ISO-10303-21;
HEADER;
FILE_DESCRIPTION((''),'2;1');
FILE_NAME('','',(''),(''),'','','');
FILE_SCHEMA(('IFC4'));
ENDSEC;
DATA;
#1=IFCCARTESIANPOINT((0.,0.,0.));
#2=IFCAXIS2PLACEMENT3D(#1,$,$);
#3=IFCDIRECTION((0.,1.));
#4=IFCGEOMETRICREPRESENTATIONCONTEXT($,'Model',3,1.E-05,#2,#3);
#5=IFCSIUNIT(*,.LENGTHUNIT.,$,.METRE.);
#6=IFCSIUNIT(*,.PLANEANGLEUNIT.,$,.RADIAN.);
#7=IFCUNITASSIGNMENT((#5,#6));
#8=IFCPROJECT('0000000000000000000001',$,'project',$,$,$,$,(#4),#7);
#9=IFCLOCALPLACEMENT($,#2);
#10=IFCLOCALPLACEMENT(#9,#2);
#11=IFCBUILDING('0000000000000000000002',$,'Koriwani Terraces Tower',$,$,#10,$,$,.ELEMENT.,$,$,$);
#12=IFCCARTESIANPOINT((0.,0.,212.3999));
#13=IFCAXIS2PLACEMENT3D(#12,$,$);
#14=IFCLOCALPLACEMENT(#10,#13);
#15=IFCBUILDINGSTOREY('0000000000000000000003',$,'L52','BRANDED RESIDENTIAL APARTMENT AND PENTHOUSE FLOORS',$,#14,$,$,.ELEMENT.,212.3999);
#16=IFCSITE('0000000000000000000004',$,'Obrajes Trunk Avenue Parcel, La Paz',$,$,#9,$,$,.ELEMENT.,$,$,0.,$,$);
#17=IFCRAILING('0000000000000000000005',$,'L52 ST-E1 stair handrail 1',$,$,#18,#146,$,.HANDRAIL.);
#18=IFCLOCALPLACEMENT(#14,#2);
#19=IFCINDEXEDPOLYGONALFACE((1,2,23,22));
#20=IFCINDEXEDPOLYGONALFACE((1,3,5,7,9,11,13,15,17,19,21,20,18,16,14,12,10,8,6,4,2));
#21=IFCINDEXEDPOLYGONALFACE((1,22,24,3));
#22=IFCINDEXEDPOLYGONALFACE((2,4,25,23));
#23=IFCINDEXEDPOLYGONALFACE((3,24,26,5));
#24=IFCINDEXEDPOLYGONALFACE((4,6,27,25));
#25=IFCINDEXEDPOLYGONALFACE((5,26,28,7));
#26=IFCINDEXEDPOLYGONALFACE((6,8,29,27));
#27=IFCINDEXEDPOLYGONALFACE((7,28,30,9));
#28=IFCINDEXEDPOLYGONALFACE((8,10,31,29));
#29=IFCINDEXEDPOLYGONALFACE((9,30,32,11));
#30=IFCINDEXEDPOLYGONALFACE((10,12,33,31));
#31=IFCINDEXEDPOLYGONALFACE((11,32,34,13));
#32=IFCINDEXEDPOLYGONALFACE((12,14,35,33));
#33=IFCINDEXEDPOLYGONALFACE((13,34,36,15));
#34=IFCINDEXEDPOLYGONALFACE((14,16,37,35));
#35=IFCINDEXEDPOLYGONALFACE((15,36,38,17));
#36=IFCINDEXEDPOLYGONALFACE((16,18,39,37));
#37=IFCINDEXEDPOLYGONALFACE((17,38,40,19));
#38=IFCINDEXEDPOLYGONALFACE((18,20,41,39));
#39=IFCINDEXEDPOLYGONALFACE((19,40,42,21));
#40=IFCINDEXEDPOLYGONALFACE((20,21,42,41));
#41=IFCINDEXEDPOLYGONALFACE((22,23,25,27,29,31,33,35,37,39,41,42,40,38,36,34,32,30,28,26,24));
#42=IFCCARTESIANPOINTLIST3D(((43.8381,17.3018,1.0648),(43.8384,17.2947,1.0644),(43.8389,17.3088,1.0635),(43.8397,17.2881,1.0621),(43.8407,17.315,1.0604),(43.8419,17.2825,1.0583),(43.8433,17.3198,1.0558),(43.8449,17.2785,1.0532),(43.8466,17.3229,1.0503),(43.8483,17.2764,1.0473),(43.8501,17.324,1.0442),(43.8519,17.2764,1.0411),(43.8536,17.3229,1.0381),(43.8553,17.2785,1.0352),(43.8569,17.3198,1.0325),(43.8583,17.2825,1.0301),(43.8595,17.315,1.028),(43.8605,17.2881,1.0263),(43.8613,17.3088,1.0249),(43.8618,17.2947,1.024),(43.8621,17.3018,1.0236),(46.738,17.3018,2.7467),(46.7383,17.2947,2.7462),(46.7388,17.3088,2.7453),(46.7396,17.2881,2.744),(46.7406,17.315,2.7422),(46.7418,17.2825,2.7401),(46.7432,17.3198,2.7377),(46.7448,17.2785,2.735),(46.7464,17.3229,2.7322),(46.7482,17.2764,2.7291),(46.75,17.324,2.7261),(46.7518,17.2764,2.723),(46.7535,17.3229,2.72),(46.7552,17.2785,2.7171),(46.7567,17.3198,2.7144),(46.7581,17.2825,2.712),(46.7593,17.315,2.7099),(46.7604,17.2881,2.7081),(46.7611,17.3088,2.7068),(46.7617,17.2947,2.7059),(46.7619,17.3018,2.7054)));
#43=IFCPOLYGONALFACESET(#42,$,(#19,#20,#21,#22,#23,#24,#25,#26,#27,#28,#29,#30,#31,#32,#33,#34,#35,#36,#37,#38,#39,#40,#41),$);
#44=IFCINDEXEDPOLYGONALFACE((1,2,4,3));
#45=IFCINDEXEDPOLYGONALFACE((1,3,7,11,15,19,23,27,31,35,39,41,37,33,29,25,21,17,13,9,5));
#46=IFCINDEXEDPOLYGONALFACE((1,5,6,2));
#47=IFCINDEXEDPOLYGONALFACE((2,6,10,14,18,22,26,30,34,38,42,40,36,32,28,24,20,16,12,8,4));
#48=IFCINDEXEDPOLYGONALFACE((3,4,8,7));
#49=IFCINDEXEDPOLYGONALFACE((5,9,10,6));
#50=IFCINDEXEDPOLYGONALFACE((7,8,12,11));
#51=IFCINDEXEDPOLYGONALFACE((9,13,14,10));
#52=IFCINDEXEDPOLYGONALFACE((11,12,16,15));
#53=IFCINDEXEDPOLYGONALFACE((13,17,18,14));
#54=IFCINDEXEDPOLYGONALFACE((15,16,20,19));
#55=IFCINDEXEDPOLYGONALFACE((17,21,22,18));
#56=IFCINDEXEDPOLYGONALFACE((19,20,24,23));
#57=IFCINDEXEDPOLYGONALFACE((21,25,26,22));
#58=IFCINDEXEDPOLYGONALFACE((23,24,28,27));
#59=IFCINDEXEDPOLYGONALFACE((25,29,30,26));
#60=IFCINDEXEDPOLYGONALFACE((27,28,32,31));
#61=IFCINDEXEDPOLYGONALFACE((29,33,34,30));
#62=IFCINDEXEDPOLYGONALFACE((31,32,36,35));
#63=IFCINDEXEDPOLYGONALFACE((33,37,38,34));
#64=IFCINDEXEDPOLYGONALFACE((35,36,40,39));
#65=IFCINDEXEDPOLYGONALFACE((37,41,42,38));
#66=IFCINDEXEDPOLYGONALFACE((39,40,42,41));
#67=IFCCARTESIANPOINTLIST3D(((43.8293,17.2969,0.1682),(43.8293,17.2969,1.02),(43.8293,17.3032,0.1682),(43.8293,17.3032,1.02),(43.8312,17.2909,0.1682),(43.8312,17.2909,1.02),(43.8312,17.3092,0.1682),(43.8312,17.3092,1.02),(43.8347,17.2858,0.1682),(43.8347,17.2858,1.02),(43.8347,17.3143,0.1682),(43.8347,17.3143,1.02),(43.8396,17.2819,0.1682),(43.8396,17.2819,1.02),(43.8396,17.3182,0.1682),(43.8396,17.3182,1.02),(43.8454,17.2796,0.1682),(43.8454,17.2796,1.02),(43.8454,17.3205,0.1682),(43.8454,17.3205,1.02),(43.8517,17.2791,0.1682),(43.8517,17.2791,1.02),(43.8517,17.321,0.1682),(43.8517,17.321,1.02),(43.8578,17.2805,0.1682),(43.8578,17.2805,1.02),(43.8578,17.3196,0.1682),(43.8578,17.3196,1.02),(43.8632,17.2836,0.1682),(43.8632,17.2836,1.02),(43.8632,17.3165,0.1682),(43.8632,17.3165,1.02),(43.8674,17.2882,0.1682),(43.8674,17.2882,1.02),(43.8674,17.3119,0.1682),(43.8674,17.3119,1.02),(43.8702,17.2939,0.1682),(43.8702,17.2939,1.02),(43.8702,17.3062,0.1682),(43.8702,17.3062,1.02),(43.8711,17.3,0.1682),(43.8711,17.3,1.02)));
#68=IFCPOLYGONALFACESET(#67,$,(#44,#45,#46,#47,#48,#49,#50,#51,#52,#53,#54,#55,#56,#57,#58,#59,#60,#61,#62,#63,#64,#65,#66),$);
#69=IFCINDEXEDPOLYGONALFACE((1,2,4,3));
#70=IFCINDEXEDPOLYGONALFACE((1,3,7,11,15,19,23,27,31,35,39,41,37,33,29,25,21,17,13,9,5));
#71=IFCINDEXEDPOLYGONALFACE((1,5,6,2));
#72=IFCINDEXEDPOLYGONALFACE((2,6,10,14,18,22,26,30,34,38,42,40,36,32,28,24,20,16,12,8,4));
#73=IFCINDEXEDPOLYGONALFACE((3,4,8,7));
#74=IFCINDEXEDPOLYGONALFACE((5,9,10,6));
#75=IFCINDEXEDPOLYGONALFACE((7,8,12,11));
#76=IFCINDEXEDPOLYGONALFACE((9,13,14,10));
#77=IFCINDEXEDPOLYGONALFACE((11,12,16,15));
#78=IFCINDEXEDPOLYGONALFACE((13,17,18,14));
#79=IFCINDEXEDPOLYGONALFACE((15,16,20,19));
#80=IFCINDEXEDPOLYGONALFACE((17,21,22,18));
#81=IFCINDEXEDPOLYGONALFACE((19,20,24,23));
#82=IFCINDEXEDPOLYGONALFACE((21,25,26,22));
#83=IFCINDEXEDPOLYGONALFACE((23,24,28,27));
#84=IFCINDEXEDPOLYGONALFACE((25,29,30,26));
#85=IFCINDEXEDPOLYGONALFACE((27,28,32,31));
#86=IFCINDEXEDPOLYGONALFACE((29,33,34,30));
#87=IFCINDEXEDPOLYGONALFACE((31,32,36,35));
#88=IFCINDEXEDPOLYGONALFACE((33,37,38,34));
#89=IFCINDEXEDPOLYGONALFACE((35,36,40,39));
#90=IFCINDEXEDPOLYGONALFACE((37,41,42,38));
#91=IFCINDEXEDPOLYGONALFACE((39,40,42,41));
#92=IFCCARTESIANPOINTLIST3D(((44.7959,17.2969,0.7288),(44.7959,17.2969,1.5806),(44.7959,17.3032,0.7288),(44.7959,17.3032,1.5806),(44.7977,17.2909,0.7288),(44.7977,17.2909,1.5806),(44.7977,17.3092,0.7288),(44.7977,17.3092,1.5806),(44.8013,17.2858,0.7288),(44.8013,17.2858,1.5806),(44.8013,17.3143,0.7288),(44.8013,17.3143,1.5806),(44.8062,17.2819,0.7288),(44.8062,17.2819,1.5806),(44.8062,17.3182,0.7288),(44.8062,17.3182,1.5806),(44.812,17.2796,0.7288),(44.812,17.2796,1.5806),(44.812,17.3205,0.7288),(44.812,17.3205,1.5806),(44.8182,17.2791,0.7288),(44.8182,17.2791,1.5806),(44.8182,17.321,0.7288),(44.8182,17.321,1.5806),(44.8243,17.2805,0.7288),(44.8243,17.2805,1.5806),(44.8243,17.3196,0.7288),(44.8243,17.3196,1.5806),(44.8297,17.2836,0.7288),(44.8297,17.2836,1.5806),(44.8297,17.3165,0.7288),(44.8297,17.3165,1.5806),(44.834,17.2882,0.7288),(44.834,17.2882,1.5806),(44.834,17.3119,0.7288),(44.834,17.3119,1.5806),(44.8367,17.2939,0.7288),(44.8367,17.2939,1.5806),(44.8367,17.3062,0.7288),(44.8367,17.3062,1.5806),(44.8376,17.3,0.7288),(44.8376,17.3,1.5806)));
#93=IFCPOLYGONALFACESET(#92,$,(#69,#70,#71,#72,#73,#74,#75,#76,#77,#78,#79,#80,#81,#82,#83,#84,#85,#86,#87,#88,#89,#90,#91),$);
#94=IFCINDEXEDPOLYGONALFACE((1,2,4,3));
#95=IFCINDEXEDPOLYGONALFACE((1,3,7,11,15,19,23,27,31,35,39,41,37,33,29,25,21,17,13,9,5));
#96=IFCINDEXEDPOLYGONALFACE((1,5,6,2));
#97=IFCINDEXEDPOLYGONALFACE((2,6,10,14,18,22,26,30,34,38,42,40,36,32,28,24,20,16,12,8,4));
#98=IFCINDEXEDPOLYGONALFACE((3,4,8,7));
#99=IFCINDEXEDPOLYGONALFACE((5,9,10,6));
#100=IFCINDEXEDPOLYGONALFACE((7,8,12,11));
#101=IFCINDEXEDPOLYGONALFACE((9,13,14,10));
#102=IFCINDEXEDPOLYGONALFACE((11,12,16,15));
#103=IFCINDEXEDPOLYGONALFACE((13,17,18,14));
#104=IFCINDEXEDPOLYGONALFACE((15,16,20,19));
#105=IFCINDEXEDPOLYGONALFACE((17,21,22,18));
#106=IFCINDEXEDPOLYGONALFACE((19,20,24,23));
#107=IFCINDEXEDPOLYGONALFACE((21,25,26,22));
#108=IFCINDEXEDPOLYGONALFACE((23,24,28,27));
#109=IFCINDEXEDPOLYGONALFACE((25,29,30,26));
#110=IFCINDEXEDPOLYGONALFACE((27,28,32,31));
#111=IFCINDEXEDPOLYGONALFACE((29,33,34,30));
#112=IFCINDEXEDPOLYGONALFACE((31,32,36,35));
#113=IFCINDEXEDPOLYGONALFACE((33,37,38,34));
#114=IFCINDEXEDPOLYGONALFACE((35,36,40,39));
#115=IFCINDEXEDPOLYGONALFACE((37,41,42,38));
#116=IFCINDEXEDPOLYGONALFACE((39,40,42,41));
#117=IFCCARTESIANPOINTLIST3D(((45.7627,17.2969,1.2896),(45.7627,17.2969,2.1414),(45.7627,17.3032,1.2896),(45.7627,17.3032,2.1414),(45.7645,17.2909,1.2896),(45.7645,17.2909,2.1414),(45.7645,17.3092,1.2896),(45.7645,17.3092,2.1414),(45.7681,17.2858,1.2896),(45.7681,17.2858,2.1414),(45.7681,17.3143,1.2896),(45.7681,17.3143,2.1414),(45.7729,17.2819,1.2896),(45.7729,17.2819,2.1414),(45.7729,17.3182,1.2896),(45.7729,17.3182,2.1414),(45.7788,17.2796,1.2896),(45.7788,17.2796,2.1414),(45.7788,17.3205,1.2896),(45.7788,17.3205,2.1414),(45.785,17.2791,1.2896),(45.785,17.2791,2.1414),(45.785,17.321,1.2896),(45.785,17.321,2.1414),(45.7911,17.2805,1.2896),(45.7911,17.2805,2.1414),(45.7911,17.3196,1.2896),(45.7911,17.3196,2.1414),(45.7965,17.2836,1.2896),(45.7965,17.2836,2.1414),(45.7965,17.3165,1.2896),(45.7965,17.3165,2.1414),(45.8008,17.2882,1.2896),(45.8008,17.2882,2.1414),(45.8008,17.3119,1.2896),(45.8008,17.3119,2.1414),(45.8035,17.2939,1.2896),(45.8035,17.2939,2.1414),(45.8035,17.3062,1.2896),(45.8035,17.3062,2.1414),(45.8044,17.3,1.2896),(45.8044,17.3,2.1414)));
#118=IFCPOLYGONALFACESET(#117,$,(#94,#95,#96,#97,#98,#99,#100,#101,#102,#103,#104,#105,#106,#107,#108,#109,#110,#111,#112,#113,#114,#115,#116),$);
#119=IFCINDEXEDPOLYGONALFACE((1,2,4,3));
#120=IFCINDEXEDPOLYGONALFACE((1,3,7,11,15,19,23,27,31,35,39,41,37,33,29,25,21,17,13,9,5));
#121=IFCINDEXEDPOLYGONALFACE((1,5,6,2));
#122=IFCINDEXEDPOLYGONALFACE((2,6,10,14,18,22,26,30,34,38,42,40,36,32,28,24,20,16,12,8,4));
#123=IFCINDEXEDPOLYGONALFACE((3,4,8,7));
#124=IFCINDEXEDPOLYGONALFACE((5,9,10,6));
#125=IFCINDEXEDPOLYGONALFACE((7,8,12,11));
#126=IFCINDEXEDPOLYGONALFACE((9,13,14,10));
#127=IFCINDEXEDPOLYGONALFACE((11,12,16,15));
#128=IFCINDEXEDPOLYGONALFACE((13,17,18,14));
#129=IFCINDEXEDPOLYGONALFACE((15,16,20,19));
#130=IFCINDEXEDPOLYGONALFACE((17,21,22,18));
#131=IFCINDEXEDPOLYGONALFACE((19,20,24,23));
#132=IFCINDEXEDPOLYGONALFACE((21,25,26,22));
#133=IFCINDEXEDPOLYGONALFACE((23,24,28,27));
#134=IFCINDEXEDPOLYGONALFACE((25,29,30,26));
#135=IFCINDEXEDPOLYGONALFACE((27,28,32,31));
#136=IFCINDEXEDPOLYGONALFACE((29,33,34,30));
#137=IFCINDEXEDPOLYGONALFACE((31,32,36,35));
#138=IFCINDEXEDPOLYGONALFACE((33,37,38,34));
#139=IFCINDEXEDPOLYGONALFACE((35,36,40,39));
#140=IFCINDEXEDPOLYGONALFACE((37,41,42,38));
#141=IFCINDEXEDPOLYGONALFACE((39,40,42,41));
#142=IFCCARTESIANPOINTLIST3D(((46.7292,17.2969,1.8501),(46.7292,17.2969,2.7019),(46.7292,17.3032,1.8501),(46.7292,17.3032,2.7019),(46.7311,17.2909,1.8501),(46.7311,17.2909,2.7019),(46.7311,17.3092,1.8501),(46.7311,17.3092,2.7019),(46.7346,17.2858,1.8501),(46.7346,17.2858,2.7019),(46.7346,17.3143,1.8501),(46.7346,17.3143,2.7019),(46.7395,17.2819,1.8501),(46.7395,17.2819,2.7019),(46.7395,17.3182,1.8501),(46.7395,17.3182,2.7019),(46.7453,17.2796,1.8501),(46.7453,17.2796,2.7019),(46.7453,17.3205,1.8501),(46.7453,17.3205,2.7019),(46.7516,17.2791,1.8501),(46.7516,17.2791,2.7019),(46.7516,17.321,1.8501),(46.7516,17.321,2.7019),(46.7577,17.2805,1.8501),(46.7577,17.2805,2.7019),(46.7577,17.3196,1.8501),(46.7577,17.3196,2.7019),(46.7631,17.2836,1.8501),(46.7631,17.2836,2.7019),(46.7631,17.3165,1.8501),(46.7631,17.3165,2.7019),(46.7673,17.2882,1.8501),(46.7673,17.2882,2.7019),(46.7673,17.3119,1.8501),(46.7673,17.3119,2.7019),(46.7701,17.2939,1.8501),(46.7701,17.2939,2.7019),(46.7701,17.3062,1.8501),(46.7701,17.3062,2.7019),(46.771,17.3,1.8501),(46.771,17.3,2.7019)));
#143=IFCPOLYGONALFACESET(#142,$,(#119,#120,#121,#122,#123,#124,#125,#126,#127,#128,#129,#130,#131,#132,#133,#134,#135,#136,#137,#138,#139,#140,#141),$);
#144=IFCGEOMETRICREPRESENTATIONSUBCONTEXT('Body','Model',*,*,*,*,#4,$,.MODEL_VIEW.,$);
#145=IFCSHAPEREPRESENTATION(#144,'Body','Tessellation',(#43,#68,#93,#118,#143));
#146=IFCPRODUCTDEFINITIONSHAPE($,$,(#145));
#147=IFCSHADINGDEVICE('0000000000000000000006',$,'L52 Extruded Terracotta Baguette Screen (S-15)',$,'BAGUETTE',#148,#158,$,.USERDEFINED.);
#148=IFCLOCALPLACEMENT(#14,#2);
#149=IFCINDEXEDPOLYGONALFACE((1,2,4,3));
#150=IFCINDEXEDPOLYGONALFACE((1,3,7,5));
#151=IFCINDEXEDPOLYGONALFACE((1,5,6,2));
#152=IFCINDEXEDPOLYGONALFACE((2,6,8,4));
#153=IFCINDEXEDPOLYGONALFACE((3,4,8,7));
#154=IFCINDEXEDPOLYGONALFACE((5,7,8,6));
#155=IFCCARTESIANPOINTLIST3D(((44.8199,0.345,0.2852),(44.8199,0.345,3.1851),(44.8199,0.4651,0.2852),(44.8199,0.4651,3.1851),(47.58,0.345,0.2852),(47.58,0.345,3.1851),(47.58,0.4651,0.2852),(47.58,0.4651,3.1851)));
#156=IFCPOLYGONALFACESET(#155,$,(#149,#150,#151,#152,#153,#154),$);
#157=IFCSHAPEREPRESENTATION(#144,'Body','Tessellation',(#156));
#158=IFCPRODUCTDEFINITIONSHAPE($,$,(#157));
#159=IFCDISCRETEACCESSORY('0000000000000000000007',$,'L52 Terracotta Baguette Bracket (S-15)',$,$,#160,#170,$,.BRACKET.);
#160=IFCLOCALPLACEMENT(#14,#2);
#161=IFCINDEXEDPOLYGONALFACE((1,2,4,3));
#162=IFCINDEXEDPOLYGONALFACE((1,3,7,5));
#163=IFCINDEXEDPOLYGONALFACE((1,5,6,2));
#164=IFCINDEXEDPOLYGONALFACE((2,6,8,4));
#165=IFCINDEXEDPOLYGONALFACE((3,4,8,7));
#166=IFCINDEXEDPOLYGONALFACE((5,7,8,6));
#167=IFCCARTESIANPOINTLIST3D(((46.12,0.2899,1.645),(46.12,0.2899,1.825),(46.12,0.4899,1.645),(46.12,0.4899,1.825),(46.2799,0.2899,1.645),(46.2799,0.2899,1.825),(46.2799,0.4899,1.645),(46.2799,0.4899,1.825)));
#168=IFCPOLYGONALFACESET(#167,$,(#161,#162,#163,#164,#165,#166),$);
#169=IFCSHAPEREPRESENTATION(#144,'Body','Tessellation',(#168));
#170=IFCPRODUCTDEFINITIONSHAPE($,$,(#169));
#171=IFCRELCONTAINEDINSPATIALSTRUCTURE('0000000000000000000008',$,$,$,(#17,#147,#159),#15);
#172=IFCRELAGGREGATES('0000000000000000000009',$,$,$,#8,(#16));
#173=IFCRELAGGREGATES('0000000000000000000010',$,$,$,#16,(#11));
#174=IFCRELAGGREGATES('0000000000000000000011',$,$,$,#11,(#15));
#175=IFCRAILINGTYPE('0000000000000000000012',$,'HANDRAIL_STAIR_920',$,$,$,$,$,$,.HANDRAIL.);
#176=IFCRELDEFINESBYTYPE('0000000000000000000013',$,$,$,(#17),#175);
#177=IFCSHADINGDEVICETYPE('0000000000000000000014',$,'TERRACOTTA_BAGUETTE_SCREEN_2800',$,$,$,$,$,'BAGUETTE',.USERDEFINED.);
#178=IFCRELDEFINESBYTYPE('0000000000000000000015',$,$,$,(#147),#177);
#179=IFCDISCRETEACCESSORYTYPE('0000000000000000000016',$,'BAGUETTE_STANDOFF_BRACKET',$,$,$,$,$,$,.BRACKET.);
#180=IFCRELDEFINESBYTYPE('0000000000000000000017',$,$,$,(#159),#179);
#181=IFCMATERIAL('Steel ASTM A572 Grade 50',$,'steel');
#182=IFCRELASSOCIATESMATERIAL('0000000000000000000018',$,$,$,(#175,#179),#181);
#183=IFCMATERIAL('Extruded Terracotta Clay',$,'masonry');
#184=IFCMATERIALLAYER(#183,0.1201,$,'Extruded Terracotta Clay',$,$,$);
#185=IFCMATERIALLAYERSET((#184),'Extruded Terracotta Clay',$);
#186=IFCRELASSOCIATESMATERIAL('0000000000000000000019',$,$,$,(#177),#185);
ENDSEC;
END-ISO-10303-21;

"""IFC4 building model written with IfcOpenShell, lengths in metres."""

from ifc_helpers import new_model, si_unit, direction, frame, origin, origin_2d, place, context, subcontext, project, spatial, rectangle, circle, extrude, material, layer, layer_set, type_object, element, save


model = new_model("IFC4")

# Units and contexts
model_context = context("Model", 3, precision=1e-05, world=origin(), true_north=direction((0.0, 1.0)))
body_context = subcontext(model_context, "Body", "Model", "MODEL_VIEW")
ifc_project = project(units=[si_unit("LENGTHUNIT", "METRE"), si_unit("PLANEANGLEUNIT", "RADIAN")], contexts=[model_context])

# Site, building, storey
site_placement = place(None, origin())
site = spatial("IfcSite", under=ifc_project, at=site_placement, Name="Obrajes Trunk Avenue Parcel, La Paz", CompositionType="ELEMENT", RefElevation=0.0)
building_placement = place(site_placement, origin())
building = spatial("IfcBuilding", under=site, at=building_placement, Name="Koriwani Terraces Tower", CompositionType="ELEMENT")
storey_placement = place(building_placement, frame((0.0, 0.0, 212.3999)))
storey = spatial("IfcBuildingStorey", under=building, at=storey_placement, Name="L52", Description="BRANDED RESIDENTIAL APARTMENT AND PENTHOUSE FLOORS", CompositionType="ELEMENT", Elevation=212.3999)

# Shared definitions
ifc_material_1 = material(Name="Steel ASTM A572 Grade 50", Category="steel")

# Railing
railing_type = type_object("IfcRailingType", Name="HANDRAIL_STAIR_920", PredefinedType="HANDRAIL", material=ifc_material_1)
railing_placement = place(storey_placement, frame((43.8501, 17.3, 0.1682)))
element("IfcRailing", 1, at=railing_placement, inside=storey, type_object=railing_type, Name="L52 ST-E1 stair handrail 1", PredefinedType="HANDRAIL", context=body_context, shape_type="SweptSolid", body=[
    extrude(circle(Radius=0.0239, at=origin_2d()), frame((0.0, 0.0, 0.876), z_axis=(0.865039, 0.0, 0.501705), x_axis=(0.0, 1.0, 0.0)), (0.0, 0.0, 1.0), 3.3523),
    extrude(circle(Radius=0.021, at=origin_2d()), origin(), (0.0, 0.0, 1.0), 0.8518),
    extrude(circle(Radius=0.021, at=origin_2d()), frame((0.9666, 0.0, 0.5605)), (0.0, 0.0, 1.0), 0.8518),
    extrude(circle(Radius=0.021, at=origin_2d()), frame((1.9333, 0.0, 1.1213)), (0.0, 0.0, 1.0), 0.8518),
    extrude(circle(Radius=0.021, at=origin_2d()), frame((2.8999, 0.0, 1.6819)), (0.0, 0.0, 1.0), 0.8518),
])

# Shading device
ifc_material_2 = material(Name="Extruded Terracotta Clay", Category="masonry")
ifc_layer_1 = layer(ifc_material_2, 0.1201, Name="Extruded Terracotta Clay")
ifc_layer_set_1 = layer_set([ifc_layer_1], Name="Extruded Terracotta Clay")
shading_device_type = type_object("IfcShadingDeviceType", Name="TERRACOTTA_BAGUETTE_SCREEN_2800", ElementType="BAGUETTE", PredefinedType="USERDEFINED", material=ifc_layer_set_1)
shading_device_placement = place(storey_placement, frame((46.2, 0.405, 0.2852), z_axis=(0.0, 0.0, 1.0), x_axis=(-1.0, 0.0, 0.0)))
element("IfcShadingDevice", 2, at=shading_device_placement, inside=storey, type_object=shading_device_type, Name="L52 Extruded Terracotta Baguette Screen (S-15)", ObjectType="BAGUETTE", PredefinedType="USERDEFINED", context=body_context, shape_type="SweptSolid", body=[
    extrude(rectangle(XDim=2.76, YDim=0.1201, at=origin_2d()), origin(), (0.0, 0.0, 1.0), 2.8999),
])

# Discrete accessory
discrete_accessory_type = type_object("IfcDiscreteAccessoryType", Name="BAGUETTE_STANDOFF_BRACKET", PredefinedType="BRACKET", material=ifc_material_1)
discrete_accessory_placement = place(storey_placement, frame((46.2, 0.3899, 1.645), z_axis=(0.0, 0.0, 1.0), x_axis=(-1.0, 0.0, 0.0)))
element("IfcDiscreteAccessory", 3, at=discrete_accessory_placement, inside=storey, type_object=discrete_accessory_type, Name="L52 Terracotta Baguette Bracket (S-15)", PredefinedType="BRACKET", context=body_context, shape_type="SweptSolid", body=[
    extrude(rectangle(XDim=0.1599, YDim=0.2, at=origin_2d()), origin(), (0.0, 0.0, 1.0), 0.1799),
])

save(model, "model.ifc")
